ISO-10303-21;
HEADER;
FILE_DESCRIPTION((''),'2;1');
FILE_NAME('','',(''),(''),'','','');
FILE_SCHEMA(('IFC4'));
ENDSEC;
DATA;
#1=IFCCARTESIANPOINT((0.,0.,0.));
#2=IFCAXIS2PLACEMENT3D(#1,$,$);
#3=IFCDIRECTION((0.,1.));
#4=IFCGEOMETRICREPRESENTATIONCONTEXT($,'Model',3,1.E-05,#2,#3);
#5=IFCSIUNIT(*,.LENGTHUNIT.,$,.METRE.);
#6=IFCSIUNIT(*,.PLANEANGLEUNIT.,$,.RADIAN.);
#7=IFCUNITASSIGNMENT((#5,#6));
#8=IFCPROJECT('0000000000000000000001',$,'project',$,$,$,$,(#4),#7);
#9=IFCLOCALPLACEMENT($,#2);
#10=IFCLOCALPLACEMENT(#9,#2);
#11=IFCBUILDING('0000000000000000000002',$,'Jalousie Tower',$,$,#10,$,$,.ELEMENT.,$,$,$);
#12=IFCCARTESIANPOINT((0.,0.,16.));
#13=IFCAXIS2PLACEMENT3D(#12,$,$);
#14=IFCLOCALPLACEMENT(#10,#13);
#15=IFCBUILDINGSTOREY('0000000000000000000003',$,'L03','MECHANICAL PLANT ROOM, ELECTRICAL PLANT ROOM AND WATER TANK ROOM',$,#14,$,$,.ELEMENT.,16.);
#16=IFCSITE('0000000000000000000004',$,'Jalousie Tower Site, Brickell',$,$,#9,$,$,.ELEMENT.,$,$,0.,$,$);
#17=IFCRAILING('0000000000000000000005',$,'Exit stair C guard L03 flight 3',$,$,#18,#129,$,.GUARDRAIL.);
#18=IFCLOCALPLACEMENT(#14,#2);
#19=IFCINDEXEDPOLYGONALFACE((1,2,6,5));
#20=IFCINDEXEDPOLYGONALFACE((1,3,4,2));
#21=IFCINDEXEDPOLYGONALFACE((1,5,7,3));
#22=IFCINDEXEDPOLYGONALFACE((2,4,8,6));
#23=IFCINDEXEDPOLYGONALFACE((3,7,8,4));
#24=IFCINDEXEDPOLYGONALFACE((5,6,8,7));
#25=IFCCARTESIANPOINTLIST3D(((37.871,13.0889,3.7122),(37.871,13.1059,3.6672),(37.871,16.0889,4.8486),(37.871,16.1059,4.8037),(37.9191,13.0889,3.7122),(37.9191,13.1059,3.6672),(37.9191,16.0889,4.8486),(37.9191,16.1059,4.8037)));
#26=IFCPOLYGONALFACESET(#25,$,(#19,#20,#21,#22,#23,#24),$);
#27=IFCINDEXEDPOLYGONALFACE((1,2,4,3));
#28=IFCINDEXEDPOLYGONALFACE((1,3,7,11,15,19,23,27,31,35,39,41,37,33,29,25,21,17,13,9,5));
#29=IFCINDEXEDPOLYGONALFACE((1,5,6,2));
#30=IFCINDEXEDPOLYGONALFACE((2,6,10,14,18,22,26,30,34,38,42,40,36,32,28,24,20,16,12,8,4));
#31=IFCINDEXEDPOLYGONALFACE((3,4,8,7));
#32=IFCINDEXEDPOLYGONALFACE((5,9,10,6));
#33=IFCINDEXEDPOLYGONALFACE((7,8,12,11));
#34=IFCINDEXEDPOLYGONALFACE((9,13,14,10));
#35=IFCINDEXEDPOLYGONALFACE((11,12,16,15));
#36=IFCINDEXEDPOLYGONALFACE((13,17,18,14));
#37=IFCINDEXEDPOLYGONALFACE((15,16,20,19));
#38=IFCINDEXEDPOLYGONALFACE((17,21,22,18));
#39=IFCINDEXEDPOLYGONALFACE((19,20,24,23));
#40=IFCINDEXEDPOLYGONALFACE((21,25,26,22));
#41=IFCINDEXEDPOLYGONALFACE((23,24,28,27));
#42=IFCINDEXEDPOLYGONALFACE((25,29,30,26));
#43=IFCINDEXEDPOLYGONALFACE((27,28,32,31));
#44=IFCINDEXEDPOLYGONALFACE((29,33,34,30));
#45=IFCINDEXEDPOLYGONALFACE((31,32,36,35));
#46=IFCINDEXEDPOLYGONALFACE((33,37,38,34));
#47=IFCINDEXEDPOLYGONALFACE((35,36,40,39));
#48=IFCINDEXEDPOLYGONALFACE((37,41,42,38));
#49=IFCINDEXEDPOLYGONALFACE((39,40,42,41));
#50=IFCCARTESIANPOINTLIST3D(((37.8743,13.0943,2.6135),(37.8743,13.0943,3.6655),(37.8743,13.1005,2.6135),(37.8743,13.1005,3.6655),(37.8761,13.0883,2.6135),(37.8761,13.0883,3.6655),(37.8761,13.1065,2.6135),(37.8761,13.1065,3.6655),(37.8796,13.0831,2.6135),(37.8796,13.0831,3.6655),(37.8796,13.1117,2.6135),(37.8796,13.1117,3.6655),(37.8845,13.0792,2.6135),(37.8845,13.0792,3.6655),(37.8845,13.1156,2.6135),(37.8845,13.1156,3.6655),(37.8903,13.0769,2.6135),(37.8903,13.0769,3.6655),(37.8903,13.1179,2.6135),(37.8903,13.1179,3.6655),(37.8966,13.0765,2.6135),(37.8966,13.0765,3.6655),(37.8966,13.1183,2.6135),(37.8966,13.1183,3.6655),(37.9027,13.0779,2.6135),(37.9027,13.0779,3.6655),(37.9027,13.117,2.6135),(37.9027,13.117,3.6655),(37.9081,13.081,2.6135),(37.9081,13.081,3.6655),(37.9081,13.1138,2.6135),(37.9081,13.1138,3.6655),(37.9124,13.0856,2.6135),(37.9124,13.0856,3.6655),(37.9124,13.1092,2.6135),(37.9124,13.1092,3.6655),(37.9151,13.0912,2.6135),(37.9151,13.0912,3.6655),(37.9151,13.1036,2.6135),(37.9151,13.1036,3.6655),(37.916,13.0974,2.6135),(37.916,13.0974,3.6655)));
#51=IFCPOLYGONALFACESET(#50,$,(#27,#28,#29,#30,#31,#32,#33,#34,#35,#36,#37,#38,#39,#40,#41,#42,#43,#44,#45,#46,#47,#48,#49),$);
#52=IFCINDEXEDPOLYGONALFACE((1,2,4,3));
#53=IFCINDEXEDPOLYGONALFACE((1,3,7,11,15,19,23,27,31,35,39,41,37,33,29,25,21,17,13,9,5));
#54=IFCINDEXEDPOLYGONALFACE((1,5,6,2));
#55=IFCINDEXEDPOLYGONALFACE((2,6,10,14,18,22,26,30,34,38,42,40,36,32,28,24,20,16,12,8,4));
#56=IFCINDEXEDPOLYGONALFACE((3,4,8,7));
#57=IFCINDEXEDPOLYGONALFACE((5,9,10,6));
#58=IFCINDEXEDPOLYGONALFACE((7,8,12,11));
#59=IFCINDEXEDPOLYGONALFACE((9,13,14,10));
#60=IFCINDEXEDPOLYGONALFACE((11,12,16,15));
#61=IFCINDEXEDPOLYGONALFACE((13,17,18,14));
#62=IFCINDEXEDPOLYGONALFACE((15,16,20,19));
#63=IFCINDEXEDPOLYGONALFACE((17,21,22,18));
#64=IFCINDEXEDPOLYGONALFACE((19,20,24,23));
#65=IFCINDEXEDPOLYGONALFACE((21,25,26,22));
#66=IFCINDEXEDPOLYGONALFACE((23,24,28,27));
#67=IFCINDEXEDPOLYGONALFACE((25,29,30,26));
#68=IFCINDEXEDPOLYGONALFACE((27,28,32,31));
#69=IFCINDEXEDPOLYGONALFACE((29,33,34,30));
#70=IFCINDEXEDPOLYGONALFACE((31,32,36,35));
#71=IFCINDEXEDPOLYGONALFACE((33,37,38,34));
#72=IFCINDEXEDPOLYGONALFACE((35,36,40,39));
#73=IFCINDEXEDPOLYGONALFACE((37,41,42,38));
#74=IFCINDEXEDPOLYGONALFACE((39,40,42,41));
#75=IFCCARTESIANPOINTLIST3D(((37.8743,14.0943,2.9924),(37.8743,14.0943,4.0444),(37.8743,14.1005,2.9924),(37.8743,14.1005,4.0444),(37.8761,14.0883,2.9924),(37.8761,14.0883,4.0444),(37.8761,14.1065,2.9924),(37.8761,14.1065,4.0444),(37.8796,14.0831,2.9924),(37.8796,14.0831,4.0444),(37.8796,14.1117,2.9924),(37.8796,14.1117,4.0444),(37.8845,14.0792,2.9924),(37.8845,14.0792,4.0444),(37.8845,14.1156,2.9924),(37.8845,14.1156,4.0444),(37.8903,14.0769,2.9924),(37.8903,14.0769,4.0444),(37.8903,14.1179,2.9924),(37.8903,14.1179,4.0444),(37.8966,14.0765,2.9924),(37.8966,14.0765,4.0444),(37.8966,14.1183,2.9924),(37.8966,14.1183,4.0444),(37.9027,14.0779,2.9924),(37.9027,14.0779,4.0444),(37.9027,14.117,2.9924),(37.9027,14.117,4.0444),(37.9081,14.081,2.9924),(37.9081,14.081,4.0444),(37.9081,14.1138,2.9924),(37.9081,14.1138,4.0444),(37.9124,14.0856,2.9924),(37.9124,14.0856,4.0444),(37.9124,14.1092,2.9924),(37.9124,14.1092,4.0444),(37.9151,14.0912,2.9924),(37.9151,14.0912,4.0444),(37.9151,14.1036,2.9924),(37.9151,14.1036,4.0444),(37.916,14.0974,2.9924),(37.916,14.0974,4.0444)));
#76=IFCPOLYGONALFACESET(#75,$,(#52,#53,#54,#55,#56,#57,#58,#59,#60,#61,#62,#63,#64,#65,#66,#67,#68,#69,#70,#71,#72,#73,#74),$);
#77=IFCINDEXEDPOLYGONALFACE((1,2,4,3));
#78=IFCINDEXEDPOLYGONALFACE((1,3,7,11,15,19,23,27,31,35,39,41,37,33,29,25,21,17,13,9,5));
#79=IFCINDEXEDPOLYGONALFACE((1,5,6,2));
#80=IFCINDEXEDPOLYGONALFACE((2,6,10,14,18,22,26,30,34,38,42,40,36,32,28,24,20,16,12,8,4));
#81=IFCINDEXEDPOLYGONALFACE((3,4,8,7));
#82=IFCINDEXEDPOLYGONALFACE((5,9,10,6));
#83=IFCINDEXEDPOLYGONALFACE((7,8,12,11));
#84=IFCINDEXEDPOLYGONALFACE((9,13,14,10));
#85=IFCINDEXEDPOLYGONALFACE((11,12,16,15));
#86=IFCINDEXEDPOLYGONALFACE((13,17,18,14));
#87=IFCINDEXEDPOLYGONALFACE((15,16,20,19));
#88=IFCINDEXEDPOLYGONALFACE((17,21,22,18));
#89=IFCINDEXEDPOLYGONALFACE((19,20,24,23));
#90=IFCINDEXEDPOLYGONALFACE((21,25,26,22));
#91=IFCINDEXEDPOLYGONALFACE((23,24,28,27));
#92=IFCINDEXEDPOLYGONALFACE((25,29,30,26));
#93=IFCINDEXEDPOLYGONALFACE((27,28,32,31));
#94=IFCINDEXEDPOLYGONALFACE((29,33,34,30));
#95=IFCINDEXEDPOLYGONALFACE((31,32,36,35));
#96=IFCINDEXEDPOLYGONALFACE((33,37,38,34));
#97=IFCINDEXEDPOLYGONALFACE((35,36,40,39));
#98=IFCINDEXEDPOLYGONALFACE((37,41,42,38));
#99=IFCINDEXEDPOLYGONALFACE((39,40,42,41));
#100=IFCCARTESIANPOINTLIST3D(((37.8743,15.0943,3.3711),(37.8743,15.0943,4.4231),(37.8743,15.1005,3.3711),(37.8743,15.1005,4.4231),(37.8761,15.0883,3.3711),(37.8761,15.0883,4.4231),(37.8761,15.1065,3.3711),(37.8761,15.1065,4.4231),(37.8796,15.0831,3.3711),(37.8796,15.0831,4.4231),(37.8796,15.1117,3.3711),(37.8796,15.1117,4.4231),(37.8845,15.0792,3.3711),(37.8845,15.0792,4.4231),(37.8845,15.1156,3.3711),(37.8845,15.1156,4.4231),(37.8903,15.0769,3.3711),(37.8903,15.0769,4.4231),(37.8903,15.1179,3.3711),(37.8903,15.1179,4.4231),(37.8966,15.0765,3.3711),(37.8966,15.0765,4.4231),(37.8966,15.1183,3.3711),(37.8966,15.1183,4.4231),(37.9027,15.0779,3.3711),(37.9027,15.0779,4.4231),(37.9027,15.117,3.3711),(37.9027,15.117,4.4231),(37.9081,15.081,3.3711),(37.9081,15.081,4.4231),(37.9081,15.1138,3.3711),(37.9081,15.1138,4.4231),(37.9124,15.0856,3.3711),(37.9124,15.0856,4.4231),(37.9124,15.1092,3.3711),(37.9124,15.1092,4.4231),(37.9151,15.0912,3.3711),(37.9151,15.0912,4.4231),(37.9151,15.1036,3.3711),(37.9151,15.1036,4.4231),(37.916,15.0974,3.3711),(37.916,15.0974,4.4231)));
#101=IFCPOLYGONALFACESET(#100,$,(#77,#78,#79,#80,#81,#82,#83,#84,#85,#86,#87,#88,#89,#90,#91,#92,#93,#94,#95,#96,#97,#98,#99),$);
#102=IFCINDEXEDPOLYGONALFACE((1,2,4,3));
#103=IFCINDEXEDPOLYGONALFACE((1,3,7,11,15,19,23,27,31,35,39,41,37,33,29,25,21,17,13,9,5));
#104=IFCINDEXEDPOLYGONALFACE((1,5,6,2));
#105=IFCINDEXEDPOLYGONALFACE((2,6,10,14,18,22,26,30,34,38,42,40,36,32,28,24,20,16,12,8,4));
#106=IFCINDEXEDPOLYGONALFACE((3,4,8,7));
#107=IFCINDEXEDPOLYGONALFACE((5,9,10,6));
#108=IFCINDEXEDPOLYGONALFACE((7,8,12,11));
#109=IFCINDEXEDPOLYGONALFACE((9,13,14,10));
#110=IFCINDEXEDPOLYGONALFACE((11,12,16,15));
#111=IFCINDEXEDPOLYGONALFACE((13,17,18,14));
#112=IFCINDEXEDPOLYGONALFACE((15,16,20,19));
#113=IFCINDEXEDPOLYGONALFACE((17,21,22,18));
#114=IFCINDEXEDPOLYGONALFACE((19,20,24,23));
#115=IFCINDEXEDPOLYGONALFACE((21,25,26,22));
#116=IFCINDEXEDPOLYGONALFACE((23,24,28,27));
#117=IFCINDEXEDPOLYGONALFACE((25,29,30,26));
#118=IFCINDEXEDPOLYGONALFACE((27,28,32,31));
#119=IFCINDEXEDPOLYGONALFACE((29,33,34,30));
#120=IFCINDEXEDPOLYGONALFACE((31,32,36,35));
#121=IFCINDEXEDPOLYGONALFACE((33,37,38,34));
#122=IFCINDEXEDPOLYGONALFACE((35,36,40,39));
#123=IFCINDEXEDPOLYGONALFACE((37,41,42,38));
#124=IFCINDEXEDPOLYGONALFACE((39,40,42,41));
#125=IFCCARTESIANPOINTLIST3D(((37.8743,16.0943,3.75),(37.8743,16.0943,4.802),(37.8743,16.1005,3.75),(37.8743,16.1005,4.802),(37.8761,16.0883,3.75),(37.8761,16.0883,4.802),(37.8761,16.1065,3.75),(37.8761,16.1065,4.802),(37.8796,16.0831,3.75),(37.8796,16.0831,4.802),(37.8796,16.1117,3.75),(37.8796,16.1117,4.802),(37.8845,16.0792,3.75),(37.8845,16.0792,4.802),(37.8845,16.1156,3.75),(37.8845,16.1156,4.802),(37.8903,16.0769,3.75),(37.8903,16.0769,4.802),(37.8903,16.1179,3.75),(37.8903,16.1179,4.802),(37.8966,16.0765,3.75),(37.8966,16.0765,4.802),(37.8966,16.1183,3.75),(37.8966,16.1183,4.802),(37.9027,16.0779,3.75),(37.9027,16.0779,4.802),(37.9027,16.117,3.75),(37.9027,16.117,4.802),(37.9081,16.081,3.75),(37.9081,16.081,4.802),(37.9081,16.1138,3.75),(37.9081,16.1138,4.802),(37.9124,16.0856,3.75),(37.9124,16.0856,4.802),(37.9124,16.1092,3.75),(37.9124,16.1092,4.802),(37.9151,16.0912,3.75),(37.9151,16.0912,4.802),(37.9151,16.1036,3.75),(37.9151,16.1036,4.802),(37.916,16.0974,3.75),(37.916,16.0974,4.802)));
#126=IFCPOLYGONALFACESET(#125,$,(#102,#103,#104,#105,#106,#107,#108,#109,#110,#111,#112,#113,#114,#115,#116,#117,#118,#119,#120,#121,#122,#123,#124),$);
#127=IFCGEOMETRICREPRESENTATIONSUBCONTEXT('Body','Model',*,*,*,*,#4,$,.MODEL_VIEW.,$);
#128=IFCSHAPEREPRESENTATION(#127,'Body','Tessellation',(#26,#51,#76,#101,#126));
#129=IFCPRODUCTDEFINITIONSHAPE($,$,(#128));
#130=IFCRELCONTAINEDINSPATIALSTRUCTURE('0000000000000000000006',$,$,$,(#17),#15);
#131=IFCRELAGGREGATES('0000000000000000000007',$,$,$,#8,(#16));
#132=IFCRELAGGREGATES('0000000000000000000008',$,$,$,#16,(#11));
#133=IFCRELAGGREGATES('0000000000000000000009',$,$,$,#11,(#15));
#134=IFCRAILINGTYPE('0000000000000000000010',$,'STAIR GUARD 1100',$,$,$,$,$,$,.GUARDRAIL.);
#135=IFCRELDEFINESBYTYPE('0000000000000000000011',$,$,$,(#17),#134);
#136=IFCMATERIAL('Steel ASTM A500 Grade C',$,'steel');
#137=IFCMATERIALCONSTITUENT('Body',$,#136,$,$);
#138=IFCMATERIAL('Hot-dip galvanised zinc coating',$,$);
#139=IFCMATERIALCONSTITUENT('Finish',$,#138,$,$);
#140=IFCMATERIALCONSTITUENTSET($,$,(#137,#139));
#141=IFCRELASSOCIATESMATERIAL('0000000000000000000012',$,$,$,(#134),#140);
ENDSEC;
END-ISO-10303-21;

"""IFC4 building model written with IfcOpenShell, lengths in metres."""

from ifc_helpers import new_model, si_unit, direction, frame, origin, origin_2d, place, context, subcontext, project, spatial, rectangle, circle, extrude, material, constituent, constituent_set, type_object, element, save


model = new_model("IFC4")

# Units and contexts
model_context = context("Model", 3, precision=1e-05, world=origin(), true_north=direction((0.0, 1.0)))
body_context = subcontext(model_context, "Body", "Model", "MODEL_VIEW")
ifc_project = project(units=[si_unit("LENGTHUNIT", "METRE"), si_unit("PLANEANGLEUNIT", "RADIAN")], contexts=[model_context])

# Site, building, storey
site_placement = place(None, origin())
site = spatial("IfcSite", under=ifc_project, at=site_placement, Name="Jalousie Tower Site, Brickell", CompositionType="ELEMENT", RefElevation=0.0)
building_placement = place(site_placement, origin())
building = spatial("IfcBuilding", under=site, at=building_placement, Name="Jalousie Tower", CompositionType="ELEMENT")
storey_placement = place(building_placement, frame((0.0, 0.0, 16.0)))
storey = spatial("IfcBuildingStorey", under=building, at=storey_placement, Name="L03", Description="MECHANICAL PLANT ROOM, ELECTRICAL PLANT ROOM AND WATER TANK ROOM", CompositionType="ELEMENT", Elevation=16.0)

# Railing
ifc_material_1 = material(Name="Steel ASTM A500 Grade C", Category="steel")
ifc_constituent_1 = constituent(ifc_material_1, Name="Body")
ifc_material_2 = material(Name="Hot-dip galvanised zinc coating")
ifc_constituent_2 = constituent(ifc_material_2, Name="Finish")
ifc_constituent_set_1 = constituent_set(constituents=[ifc_constituent_1, ifc_constituent_2])
railing_type_1 = type_object("IfcRailingType", Name="STAIR GUARD 1100", PredefinedType="GUARDRAIL", material=ifc_constituent_set_1)
railing_1_placement = place(storey_placement, frame((37.895, 13.0974, 2.6135)))
element("IfcRailing", 1, at=railing_1_placement, inside=storey, type_object=railing_type_1, Name="Exit stair C guard L03 flight 3", PredefinedType="GUARDRAIL", context=body_context, shape_type="SweptSolid", body=[
    extrude(rectangle(XDim=0.0481, YDim=0.0481, at=origin_2d()), frame((0.0, 0.0, 1.0762), z_axis=(0.0, 0.935148, 0.354257), x_axis=(-1.0, 0.0, 0.0)), (0.0, 0.0, 1.0), 3.208),
    extrude(circle(Radius=0.021, at=origin_2d()), origin(), (0.0, 0.0, 1.0), 1.052),
    extrude(circle(Radius=0.021, at=origin_2d()), frame((0.0, 1.0, 0.3789)), (0.0, 0.0, 1.0), 1.052),
    extrude(circle(Radius=0.021, at=origin_2d()), frame((0.0, 2.0, 0.7576)), (0.0, 0.0, 1.0), 1.052),
    extrude(circle(Radius=0.021, at=origin_2d()), frame((0.0, 3.0, 1.1365)), (0.0, 0.0, 1.0), 1.052),
])

save(model, "model.ifc")
